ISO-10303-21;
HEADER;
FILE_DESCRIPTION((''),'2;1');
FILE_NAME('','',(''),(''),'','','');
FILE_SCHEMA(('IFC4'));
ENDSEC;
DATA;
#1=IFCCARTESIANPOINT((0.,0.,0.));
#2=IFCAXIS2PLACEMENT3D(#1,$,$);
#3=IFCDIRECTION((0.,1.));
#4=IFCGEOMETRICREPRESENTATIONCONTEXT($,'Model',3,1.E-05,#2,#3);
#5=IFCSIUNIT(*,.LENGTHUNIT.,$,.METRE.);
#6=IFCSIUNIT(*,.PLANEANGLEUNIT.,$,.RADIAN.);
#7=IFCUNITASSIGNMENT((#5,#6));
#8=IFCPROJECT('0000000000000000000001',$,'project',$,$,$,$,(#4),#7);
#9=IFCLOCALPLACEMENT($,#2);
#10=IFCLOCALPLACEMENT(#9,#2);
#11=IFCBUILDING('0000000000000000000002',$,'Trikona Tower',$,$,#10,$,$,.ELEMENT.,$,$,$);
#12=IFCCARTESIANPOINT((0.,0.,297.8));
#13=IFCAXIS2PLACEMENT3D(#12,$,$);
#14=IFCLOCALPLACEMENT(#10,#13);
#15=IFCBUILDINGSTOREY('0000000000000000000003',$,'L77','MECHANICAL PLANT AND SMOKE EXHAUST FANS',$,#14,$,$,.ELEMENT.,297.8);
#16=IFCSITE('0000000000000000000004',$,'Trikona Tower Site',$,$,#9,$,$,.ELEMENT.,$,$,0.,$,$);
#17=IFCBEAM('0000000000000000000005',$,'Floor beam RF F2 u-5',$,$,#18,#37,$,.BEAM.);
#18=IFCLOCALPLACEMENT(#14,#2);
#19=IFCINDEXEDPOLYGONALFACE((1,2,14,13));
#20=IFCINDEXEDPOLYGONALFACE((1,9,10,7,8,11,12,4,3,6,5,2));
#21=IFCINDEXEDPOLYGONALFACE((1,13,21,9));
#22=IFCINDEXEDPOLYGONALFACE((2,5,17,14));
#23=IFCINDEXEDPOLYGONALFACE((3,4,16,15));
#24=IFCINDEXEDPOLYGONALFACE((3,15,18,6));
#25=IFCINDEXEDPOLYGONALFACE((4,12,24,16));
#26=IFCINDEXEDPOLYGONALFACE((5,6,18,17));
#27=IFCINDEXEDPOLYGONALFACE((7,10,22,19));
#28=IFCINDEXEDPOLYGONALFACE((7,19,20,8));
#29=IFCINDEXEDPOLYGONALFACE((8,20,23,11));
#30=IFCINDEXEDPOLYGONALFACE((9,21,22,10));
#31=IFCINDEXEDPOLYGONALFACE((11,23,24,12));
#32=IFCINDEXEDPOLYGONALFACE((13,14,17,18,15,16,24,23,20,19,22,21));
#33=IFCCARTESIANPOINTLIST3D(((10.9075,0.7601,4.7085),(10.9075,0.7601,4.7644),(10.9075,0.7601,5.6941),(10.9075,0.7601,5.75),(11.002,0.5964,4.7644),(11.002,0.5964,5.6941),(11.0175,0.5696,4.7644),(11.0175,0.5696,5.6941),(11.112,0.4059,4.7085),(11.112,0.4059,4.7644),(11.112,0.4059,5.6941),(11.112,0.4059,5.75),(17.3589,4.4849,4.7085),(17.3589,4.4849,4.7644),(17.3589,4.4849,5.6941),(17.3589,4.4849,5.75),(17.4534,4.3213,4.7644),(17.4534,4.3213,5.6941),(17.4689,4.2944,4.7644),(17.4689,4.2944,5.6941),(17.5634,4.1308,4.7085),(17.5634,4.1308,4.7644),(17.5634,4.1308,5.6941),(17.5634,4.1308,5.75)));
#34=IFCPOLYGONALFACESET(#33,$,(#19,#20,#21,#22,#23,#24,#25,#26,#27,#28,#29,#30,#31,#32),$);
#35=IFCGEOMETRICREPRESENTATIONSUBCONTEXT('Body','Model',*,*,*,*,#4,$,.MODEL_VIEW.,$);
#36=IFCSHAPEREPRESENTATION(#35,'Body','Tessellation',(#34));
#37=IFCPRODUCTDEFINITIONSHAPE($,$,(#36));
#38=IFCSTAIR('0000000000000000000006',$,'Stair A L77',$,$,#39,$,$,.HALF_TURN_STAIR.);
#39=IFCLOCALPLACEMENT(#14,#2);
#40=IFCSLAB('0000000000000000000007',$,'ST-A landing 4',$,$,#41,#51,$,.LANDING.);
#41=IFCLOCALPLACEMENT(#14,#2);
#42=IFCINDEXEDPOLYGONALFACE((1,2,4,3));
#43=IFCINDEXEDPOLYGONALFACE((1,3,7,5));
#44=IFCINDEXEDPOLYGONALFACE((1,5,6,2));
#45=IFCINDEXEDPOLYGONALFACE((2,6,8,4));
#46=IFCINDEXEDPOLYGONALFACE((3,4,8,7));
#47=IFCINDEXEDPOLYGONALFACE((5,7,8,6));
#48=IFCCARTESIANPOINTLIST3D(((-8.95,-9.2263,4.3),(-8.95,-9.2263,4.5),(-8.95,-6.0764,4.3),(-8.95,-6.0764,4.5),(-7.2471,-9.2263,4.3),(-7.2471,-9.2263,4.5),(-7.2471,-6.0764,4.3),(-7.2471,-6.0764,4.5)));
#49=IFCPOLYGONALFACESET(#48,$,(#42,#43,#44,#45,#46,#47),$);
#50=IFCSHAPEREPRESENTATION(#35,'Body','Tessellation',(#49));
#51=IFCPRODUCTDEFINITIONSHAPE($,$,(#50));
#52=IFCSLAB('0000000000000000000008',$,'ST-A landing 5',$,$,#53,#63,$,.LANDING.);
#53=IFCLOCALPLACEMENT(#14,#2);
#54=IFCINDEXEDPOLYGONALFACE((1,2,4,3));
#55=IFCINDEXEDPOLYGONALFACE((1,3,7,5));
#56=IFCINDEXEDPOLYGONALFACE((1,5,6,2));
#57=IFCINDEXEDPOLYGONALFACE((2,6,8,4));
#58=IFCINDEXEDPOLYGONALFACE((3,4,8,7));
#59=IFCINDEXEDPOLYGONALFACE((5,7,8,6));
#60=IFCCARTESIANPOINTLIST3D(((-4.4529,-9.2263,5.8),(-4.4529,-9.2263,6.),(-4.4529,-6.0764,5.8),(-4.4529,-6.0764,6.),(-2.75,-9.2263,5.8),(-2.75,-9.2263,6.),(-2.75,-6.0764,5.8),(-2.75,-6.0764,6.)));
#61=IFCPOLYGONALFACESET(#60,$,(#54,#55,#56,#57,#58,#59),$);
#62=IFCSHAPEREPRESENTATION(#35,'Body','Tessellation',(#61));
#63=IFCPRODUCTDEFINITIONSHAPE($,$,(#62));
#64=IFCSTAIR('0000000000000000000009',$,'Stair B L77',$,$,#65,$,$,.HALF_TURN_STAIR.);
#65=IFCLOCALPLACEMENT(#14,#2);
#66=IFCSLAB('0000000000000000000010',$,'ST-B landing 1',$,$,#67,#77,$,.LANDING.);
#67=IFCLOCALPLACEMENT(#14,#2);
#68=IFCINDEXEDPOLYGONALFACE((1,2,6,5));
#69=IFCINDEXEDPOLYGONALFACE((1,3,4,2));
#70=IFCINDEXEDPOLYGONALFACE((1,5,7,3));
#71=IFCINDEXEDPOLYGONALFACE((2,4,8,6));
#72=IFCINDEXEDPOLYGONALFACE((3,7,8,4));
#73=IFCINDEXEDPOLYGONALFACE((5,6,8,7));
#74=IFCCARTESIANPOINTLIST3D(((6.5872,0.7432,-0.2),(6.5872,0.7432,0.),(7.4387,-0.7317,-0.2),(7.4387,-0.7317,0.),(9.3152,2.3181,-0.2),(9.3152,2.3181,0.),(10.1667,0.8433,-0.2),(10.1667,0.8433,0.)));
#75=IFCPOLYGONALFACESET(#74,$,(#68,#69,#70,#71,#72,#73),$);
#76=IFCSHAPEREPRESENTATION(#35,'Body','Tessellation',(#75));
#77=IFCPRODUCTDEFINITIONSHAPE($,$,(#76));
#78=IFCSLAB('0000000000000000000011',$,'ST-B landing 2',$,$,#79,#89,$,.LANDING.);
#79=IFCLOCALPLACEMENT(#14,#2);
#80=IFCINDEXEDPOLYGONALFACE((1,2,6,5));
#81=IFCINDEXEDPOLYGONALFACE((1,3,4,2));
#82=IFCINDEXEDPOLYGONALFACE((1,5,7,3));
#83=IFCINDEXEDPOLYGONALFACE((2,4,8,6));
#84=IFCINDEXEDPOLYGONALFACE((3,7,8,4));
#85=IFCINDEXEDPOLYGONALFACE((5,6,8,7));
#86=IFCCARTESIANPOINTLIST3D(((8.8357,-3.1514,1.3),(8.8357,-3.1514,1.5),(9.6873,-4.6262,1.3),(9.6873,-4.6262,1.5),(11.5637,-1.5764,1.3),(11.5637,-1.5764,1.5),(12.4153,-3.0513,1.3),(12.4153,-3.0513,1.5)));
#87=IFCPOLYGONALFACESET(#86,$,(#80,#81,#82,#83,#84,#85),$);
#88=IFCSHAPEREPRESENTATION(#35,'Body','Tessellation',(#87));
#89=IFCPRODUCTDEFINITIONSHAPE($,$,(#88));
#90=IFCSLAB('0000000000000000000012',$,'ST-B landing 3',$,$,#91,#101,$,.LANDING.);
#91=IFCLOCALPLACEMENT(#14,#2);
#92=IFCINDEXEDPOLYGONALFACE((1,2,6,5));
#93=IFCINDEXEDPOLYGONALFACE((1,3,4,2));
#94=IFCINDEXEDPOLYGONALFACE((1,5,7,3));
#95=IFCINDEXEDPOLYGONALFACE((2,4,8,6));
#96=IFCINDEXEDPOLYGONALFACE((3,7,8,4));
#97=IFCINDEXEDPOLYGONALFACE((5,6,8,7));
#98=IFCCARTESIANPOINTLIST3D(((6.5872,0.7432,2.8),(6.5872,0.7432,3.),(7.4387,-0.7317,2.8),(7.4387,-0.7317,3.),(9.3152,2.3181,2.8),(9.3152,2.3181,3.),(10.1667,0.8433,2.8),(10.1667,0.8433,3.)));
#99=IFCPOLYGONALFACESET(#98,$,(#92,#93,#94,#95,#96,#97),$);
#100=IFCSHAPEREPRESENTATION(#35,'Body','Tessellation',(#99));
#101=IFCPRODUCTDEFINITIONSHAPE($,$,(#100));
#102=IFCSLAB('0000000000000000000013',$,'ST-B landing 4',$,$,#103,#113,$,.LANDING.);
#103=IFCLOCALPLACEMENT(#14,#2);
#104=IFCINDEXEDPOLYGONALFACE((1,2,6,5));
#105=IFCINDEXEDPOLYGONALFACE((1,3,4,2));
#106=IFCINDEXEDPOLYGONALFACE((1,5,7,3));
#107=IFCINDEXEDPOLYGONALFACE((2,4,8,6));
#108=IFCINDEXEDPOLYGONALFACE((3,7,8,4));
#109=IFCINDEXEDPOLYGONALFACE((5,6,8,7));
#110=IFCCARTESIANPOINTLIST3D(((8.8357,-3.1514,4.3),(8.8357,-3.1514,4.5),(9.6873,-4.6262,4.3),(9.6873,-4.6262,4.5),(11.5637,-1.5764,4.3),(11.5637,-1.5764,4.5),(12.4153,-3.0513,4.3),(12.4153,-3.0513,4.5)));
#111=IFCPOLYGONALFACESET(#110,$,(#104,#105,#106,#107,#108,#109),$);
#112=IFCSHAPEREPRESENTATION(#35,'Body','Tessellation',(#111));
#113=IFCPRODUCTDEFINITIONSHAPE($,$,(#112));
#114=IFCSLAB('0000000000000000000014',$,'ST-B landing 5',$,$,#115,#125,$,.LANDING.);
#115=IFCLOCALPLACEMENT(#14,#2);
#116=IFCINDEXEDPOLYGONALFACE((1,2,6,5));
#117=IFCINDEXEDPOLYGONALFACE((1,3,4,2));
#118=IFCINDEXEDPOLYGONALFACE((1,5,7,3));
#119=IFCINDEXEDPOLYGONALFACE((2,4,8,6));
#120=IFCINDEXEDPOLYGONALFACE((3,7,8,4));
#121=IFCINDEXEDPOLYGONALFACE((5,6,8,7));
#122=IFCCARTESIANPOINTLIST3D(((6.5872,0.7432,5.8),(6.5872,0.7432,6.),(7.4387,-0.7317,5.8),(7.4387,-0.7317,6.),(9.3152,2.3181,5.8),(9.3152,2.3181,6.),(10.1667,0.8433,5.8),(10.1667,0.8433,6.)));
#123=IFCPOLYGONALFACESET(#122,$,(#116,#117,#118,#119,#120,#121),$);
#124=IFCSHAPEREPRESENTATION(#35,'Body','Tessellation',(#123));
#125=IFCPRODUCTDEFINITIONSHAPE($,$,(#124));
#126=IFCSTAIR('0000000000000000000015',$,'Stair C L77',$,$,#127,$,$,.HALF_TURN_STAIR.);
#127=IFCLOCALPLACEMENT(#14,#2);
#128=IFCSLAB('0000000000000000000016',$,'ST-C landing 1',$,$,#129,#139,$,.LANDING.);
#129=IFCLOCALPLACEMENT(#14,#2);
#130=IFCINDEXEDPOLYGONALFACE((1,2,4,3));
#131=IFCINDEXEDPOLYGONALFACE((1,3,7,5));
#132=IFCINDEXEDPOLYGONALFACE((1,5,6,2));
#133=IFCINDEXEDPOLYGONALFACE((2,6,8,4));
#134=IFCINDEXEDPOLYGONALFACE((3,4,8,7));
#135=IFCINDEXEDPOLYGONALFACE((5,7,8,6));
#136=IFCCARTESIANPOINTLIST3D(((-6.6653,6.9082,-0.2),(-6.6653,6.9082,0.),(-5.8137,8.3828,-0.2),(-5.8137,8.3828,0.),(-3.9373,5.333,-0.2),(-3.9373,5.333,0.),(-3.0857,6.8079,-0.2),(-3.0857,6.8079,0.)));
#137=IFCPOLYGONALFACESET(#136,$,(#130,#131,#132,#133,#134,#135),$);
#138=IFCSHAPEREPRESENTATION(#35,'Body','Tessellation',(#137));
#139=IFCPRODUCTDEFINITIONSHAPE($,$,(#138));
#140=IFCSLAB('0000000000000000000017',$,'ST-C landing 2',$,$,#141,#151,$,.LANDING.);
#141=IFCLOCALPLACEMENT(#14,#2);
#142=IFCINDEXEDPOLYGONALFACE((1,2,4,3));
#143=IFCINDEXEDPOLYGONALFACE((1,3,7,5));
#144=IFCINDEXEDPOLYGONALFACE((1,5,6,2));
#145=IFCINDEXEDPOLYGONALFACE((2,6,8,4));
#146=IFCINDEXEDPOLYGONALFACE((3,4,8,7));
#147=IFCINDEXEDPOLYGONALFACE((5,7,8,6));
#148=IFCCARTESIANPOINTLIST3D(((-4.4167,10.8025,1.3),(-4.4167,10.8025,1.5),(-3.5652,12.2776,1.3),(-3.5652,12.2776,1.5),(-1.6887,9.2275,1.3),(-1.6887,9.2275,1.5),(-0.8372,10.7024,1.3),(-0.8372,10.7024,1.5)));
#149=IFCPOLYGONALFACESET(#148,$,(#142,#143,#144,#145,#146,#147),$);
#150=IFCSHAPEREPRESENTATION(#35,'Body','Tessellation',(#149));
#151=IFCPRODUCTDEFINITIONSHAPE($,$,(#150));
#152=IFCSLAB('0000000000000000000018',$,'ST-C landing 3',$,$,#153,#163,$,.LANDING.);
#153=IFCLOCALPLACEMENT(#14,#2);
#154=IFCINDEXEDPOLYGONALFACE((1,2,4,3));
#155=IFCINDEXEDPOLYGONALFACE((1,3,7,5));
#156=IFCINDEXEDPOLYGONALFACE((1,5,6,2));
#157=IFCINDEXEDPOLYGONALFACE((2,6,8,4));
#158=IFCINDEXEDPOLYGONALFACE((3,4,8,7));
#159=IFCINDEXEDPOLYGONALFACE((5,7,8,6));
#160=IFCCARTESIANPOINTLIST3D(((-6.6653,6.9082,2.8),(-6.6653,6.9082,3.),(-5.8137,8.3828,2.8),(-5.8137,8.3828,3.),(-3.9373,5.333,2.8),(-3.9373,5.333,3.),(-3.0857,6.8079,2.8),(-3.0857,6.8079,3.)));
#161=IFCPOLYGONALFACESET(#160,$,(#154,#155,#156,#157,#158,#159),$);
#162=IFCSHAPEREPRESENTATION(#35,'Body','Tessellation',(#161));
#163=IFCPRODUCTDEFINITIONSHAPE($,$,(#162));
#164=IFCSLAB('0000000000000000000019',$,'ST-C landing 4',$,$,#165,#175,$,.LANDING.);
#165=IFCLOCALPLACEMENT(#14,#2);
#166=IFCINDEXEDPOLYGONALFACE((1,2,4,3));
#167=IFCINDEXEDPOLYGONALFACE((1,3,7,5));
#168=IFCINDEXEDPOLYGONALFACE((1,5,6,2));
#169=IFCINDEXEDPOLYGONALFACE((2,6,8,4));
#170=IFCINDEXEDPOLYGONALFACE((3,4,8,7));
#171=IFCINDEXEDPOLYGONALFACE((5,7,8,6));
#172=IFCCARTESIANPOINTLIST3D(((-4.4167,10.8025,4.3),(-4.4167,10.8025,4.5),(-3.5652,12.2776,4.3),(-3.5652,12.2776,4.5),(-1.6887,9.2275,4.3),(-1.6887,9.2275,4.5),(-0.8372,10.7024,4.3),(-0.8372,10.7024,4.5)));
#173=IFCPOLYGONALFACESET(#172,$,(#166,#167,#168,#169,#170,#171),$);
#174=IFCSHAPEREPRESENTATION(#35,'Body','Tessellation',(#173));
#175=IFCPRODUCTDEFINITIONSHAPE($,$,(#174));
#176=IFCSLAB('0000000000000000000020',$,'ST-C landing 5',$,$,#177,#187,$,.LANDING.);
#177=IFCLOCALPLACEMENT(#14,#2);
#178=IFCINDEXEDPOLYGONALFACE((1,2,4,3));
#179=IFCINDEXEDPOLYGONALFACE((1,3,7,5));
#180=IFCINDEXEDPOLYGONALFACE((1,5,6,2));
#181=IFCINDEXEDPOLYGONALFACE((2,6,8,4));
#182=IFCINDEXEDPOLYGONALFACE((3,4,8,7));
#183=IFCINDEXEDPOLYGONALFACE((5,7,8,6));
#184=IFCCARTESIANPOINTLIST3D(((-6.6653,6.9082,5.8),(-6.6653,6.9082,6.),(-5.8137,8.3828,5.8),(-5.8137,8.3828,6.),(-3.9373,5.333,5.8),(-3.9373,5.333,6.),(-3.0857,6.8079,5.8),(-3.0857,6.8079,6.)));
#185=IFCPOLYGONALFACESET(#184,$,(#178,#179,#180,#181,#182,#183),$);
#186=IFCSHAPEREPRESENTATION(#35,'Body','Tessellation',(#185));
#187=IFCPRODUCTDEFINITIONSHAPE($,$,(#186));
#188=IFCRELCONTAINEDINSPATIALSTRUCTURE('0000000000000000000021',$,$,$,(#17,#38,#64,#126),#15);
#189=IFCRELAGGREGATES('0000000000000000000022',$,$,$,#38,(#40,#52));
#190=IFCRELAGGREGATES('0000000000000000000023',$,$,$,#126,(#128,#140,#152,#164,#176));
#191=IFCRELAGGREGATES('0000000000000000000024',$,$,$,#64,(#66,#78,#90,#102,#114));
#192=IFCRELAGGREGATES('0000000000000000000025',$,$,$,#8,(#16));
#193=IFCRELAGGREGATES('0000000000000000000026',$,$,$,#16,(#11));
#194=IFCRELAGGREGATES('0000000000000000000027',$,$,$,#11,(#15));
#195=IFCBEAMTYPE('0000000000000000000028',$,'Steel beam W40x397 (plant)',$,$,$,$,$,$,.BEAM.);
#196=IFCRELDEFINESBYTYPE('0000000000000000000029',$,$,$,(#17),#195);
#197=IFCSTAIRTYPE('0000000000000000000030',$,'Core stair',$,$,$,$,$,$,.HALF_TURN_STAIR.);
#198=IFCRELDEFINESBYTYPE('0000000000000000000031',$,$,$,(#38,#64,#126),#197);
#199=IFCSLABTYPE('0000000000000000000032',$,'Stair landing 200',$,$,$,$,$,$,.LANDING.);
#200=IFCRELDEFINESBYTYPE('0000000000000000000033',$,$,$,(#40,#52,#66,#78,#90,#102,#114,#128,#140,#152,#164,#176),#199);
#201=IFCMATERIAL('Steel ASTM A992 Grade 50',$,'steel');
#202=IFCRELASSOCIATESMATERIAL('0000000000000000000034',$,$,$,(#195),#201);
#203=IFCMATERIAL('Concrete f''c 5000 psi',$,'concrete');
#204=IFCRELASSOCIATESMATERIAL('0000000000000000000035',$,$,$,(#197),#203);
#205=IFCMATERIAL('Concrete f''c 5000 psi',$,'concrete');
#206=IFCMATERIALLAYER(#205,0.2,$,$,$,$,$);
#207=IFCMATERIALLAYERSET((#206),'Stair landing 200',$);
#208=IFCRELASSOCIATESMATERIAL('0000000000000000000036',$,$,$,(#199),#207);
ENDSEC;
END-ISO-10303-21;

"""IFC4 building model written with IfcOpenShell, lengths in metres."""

from ifc_helpers import new_model, si_unit, direction, frame, origin, origin_2d, place, context, subcontext, project, spatial, polyline, i_section, outline, extrude, material, layer, layer_set, material_profile, profile_set, type_object, element, aggregate, save


model = new_model("IFC4")

# Units and contexts
model_context = context("Model", 3, precision=1e-05, world=origin(), true_north=direction((0.0, 1.0)))
body_context = subcontext(model_context, "Body", "Model", "MODEL_VIEW")
ifc_project = project(units=[si_unit("LENGTHUNIT", "METRE"), si_unit("PLANEANGLEUNIT", "RADIAN")], contexts=[model_context])

# Site, building, storey
site_placement = place(None, origin())
site = spatial("IfcSite", under=ifc_project, at=site_placement, Name="Trikona Tower Site", CompositionType="ELEMENT", RefElevation=0.0)
building_placement = place(site_placement, origin())
building = spatial("IfcBuilding", under=site, at=building_placement, Name="Trikona Tower", CompositionType="ELEMENT")
storey_placement = place(building_placement, frame((0.0, 0.0, 297.8)))
storey = spatial("IfcBuildingStorey", under=building, at=storey_placement, Name="L77", Description="MECHANICAL PLANT AND SMOKE EXHAUST FANS", CompositionType="ELEMENT", Elevation=297.8)

# Beam
ifc_material_1 = material(Name="Steel ASTM A992 Grade 50", Category="steel")
ifc_material_profile = material_profile(ifc_material_1, i_section(OverallWidth=0.4089, OverallDepth=1.0415, WebThickness=0.031, FlangeThickness=0.0559, at=origin_2d()), Name="W40X397")
ifc_profile_set = profile_set([ifc_material_profile], Name="Steel ASTM A992 Grade 50")
beam_type = type_object("IfcBeamType", Name="Steel beam W40x397 (plant)", PredefinedType="BEAM", material=ifc_profile_set)
beam_placement = place(storey_placement, frame((11.0098, 0.583, 5.2292), z_axis=(0.866018, 0.500013, 0.0), x_axis=(-0.500013, 0.866018, 0.0)))
element("IfcBeam", 1, at=beam_placement, inside=storey, type_object=beam_type, Name="Floor beam RF F2 u-5", PredefinedType="BEAM", context=body_context, shape_type="SweptSolid", body=[
    extrude(i_section(OverallWidth=0.4089, OverallDepth=1.0415, WebThickness=0.031, FlangeThickness=0.0559, at=origin_2d()), origin(), (0.0, 0.0, 1.0), 7.4495),
])

# Stairs, slabs
ifc_material_2 = material(Name="Concrete f'c 5000 psi", Category="concrete")
stair_type = type_object("IfcStairType", Name="Core stair", PredefinedType="HALF_TURN_STAIR", material=ifc_material_2)
stair_1_placement = place(storey_placement, origin())
stair_1 = element("IfcStair", 2, at=stair_1_placement, inside=storey, type_object=stair_type, Name="Stair A L77", PredefinedType="HALF_TURN_STAIR")
ifc_material_3 = material(Name="Concrete f'c 5000 psi", Category="concrete")
ifc_layer = layer(ifc_material_3, 0.2)
ifc_layer_set = layer_set([ifc_layer], Name="Stair landing 200")
slab_type = type_object("IfcSlabType", Name="Stair landing 200", PredefinedType="LANDING", material=ifc_layer_set)
slab_1_placement = place(storey_placement, frame((0.0, 0.0, 4.3)))
slab_1 = element("IfcSlab", 3, at=slab_1_placement, type_object=slab_type, Name="ST-A landing 4", PredefinedType="LANDING", context=body_context, shape_type="SweptSolid", body=[
    extrude(outline(polyline([(-8.95, -6.0764), (-7.2471, -6.0764), (-7.2471, -9.2263), (-8.95, -9.2263), (-8.95, -6.0764)])), origin(), (0.0, 0.0, 1.0), 0.2),
])
slab_2_placement = place(storey_placement, frame((0.0, 0.0, 5.8)))
slab_2 = element("IfcSlab", 4, at=slab_2_placement, type_object=slab_type, Name="ST-A landing 5", PredefinedType="LANDING", context=body_context, shape_type="SweptSolid", body=[
    extrude(outline(polyline([(-4.4529, -6.0764), (-2.75, -6.0764), (-2.75, -9.2263), (-4.4529, -9.2263), (-4.4529, -6.0764)])), origin(), (0.0, 0.0, 1.0), 0.2),
])
aggregate(stair_1, [slab_1, slab_2])
stair_2_placement = place(storey_placement, origin())
stair_2 = element("IfcStair", 5, at=stair_2_placement, inside=storey, type_object=stair_type, Name="Stair B L77", PredefinedType="HALF_TURN_STAIR")
slab_3_placement = place(storey_placement, frame((0.0, 0.0, -0.2)))
slab_3 = element("IfcSlab", 6, at=slab_3_placement, type_object=slab_type, Name="ST-B landing 1", PredefinedType="LANDING", context=body_context, shape_type="SweptSolid", body=[
    extrude(outline(polyline([(7.4387, -0.7317), (6.5872, 0.7432), (9.3152, 2.3181), (10.1667, 0.8433), (7.4387, -0.7317)])), origin(), (0.0, 0.0, 1.0), 0.2),
])
slab_4_placement = place(storey_placement, frame((0.0, 0.0, 1.3)))
slab_4 = element("IfcSlab", 7, at=slab_4_placement, type_object=slab_type, Name="ST-B landing 2", PredefinedType="LANDING", context=body_context, shape_type="SweptSolid", body=[
    extrude(outline(polyline([(9.6873, -4.6262), (8.8357, -3.1514), (11.5637, -1.5764), (12.4153, -3.0513), (9.6873, -4.6262)])), origin(), (0.0, 0.0, 1.0), 0.2),
])
slab_5_placement = place(storey_placement, frame((0.0, 0.0, 2.8)))
slab_5 = element("IfcSlab", 8, at=slab_5_placement, type_object=slab_type, Name="ST-B landing 3", PredefinedType="LANDING", context=body_context, shape_type="SweptSolid", body=[
    extrude(outline(polyline([(7.4387, -0.7317), (6.5872, 0.7432), (9.3152, 2.3181), (10.1667, 0.8433), (7.4387, -0.7317)])), origin(), (0.0, 0.0, 1.0), 0.2),
])
slab_6_placement = place(storey_placement, frame((0.0, 0.0, 4.3)))
slab_6 = element("IfcSlab", 9, at=slab_6_placement, type_object=slab_type, Name="ST-B landing 4", PredefinedType="LANDING", context=body_context, shape_type="SweptSolid", body=[
    extrude(outline(polyline([(9.6873, -4.6262), (8.8357, -3.1514), (11.5637, -1.5764), (12.4153, -3.0513), (9.6873, -4.6262)])), origin(), (0.0, 0.0, 1.0), 0.2),
])
slab_7_placement = place(storey_placement, frame((0.0, 0.0, 5.8)))
slab_7 = element("IfcSlab", 10, at=slab_7_placement, type_object=slab_type, Name="ST-B landing 5", PredefinedType="LANDING", context=body_context, shape_type="SweptSolid", body=[
    extrude(outline(polyline([(7.4387, -0.7317), (6.5872, 0.7432), (9.3152, 2.3181), (10.1667, 0.8433), (7.4387, -0.7317)])), origin(), (0.0, 0.0, 1.0), 0.2),
])
stair_3_placement = place(storey_placement, origin())
stair_3 = element("IfcStair", 11, at=stair_3_placement, inside=storey, type_object=stair_type, Name="Stair C L77", PredefinedType="HALF_TURN_STAIR")
slab_8_placement = place(storey_placement, frame((0.0, 0.0, -0.2)))
slab_8 = element("IfcSlab", 12, at=slab_8_placement, type_object=slab_type, Name="ST-C landing 1", PredefinedType="LANDING", context=body_context, shape_type="SweptSolid", body=[
    extrude(outline(polyline([(-3.0857, 6.8079), (-3.9373, 5.333), (-6.6653, 6.9082), (-5.8137, 8.3828), (-3.0857, 6.8079)])), origin(), (0.0, 0.0, 1.0), 0.2),
])
slab_9_placement = place(storey_placement, frame((0.0, 0.0, 1.3)))
slab_9 = element("IfcSlab", 13, at=slab_9_placement, type_object=slab_type, Name="ST-C landing 2", PredefinedType="LANDING", context=body_context, shape_type="SweptSolid", body=[
    extrude(outline(polyline([(-0.8372, 10.7024), (-1.6887, 9.2275), (-4.4167, 10.8025), (-3.5652, 12.2776), (-0.8372, 10.7024)])), origin(), (0.0, 0.0, 1.0), 0.2),
])
slab_10_placement = place(storey_placement, frame((0.0, 0.0, 2.8)))
slab_10 = element("IfcSlab", 14, at=slab_10_placement, type_object=slab_type, Name="ST-C landing 3", PredefinedType="LANDING", context=body_context, shape_type="SweptSolid", body=[
    extrude(outline(polyline([(-3.0857, 6.8079), (-3.9373, 5.333), (-6.6653, 6.9082), (-5.8137, 8.3828), (-3.0857, 6.8079)])), origin(), (0.0, 0.0, 1.0), 0.2),
])
slab_11_placement = place(storey_placement, frame((0.0, 0.0, 4.3)))
slab_11 = element("IfcSlab", 15, at=slab_11_placement, type_object=slab_type, Name="ST-C landing 4", PredefinedType="LANDING", context=body_context, shape_type="SweptSolid", body=[
    extrude(outline(polyline([(-0.8372, 10.7024), (-1.6887, 9.2275), (-4.4167, 10.8025), (-3.5652, 12.2776), (-0.8372, 10.7024)])), origin(), (0.0, 0.0, 1.0), 0.2),
])
slab_12_placement = place(storey_placement, frame((0.0, 0.0, 5.8)))
slab_12 = element("IfcSlab", 16, at=slab_12_placement, type_object=slab_type, Name="ST-C landing 5", PredefinedType="LANDING", context=body_context, shape_type="SweptSolid", body=[
    extrude(outline(polyline([(-3.0857, 6.8079), (-3.9373, 5.333), (-6.6653, 6.9082), (-5.8137, 8.3828), (-3.0857, 6.8079)])), origin(), (0.0, 0.0, 1.0), 0.2),
])
aggregate(stair_3, [slab_8, slab_9, slab_10, slab_11, slab_12])

aggregate(stair_2, [slab_3, slab_4, slab_5, slab_6, slab_7])

save(model, "model.ifc")
